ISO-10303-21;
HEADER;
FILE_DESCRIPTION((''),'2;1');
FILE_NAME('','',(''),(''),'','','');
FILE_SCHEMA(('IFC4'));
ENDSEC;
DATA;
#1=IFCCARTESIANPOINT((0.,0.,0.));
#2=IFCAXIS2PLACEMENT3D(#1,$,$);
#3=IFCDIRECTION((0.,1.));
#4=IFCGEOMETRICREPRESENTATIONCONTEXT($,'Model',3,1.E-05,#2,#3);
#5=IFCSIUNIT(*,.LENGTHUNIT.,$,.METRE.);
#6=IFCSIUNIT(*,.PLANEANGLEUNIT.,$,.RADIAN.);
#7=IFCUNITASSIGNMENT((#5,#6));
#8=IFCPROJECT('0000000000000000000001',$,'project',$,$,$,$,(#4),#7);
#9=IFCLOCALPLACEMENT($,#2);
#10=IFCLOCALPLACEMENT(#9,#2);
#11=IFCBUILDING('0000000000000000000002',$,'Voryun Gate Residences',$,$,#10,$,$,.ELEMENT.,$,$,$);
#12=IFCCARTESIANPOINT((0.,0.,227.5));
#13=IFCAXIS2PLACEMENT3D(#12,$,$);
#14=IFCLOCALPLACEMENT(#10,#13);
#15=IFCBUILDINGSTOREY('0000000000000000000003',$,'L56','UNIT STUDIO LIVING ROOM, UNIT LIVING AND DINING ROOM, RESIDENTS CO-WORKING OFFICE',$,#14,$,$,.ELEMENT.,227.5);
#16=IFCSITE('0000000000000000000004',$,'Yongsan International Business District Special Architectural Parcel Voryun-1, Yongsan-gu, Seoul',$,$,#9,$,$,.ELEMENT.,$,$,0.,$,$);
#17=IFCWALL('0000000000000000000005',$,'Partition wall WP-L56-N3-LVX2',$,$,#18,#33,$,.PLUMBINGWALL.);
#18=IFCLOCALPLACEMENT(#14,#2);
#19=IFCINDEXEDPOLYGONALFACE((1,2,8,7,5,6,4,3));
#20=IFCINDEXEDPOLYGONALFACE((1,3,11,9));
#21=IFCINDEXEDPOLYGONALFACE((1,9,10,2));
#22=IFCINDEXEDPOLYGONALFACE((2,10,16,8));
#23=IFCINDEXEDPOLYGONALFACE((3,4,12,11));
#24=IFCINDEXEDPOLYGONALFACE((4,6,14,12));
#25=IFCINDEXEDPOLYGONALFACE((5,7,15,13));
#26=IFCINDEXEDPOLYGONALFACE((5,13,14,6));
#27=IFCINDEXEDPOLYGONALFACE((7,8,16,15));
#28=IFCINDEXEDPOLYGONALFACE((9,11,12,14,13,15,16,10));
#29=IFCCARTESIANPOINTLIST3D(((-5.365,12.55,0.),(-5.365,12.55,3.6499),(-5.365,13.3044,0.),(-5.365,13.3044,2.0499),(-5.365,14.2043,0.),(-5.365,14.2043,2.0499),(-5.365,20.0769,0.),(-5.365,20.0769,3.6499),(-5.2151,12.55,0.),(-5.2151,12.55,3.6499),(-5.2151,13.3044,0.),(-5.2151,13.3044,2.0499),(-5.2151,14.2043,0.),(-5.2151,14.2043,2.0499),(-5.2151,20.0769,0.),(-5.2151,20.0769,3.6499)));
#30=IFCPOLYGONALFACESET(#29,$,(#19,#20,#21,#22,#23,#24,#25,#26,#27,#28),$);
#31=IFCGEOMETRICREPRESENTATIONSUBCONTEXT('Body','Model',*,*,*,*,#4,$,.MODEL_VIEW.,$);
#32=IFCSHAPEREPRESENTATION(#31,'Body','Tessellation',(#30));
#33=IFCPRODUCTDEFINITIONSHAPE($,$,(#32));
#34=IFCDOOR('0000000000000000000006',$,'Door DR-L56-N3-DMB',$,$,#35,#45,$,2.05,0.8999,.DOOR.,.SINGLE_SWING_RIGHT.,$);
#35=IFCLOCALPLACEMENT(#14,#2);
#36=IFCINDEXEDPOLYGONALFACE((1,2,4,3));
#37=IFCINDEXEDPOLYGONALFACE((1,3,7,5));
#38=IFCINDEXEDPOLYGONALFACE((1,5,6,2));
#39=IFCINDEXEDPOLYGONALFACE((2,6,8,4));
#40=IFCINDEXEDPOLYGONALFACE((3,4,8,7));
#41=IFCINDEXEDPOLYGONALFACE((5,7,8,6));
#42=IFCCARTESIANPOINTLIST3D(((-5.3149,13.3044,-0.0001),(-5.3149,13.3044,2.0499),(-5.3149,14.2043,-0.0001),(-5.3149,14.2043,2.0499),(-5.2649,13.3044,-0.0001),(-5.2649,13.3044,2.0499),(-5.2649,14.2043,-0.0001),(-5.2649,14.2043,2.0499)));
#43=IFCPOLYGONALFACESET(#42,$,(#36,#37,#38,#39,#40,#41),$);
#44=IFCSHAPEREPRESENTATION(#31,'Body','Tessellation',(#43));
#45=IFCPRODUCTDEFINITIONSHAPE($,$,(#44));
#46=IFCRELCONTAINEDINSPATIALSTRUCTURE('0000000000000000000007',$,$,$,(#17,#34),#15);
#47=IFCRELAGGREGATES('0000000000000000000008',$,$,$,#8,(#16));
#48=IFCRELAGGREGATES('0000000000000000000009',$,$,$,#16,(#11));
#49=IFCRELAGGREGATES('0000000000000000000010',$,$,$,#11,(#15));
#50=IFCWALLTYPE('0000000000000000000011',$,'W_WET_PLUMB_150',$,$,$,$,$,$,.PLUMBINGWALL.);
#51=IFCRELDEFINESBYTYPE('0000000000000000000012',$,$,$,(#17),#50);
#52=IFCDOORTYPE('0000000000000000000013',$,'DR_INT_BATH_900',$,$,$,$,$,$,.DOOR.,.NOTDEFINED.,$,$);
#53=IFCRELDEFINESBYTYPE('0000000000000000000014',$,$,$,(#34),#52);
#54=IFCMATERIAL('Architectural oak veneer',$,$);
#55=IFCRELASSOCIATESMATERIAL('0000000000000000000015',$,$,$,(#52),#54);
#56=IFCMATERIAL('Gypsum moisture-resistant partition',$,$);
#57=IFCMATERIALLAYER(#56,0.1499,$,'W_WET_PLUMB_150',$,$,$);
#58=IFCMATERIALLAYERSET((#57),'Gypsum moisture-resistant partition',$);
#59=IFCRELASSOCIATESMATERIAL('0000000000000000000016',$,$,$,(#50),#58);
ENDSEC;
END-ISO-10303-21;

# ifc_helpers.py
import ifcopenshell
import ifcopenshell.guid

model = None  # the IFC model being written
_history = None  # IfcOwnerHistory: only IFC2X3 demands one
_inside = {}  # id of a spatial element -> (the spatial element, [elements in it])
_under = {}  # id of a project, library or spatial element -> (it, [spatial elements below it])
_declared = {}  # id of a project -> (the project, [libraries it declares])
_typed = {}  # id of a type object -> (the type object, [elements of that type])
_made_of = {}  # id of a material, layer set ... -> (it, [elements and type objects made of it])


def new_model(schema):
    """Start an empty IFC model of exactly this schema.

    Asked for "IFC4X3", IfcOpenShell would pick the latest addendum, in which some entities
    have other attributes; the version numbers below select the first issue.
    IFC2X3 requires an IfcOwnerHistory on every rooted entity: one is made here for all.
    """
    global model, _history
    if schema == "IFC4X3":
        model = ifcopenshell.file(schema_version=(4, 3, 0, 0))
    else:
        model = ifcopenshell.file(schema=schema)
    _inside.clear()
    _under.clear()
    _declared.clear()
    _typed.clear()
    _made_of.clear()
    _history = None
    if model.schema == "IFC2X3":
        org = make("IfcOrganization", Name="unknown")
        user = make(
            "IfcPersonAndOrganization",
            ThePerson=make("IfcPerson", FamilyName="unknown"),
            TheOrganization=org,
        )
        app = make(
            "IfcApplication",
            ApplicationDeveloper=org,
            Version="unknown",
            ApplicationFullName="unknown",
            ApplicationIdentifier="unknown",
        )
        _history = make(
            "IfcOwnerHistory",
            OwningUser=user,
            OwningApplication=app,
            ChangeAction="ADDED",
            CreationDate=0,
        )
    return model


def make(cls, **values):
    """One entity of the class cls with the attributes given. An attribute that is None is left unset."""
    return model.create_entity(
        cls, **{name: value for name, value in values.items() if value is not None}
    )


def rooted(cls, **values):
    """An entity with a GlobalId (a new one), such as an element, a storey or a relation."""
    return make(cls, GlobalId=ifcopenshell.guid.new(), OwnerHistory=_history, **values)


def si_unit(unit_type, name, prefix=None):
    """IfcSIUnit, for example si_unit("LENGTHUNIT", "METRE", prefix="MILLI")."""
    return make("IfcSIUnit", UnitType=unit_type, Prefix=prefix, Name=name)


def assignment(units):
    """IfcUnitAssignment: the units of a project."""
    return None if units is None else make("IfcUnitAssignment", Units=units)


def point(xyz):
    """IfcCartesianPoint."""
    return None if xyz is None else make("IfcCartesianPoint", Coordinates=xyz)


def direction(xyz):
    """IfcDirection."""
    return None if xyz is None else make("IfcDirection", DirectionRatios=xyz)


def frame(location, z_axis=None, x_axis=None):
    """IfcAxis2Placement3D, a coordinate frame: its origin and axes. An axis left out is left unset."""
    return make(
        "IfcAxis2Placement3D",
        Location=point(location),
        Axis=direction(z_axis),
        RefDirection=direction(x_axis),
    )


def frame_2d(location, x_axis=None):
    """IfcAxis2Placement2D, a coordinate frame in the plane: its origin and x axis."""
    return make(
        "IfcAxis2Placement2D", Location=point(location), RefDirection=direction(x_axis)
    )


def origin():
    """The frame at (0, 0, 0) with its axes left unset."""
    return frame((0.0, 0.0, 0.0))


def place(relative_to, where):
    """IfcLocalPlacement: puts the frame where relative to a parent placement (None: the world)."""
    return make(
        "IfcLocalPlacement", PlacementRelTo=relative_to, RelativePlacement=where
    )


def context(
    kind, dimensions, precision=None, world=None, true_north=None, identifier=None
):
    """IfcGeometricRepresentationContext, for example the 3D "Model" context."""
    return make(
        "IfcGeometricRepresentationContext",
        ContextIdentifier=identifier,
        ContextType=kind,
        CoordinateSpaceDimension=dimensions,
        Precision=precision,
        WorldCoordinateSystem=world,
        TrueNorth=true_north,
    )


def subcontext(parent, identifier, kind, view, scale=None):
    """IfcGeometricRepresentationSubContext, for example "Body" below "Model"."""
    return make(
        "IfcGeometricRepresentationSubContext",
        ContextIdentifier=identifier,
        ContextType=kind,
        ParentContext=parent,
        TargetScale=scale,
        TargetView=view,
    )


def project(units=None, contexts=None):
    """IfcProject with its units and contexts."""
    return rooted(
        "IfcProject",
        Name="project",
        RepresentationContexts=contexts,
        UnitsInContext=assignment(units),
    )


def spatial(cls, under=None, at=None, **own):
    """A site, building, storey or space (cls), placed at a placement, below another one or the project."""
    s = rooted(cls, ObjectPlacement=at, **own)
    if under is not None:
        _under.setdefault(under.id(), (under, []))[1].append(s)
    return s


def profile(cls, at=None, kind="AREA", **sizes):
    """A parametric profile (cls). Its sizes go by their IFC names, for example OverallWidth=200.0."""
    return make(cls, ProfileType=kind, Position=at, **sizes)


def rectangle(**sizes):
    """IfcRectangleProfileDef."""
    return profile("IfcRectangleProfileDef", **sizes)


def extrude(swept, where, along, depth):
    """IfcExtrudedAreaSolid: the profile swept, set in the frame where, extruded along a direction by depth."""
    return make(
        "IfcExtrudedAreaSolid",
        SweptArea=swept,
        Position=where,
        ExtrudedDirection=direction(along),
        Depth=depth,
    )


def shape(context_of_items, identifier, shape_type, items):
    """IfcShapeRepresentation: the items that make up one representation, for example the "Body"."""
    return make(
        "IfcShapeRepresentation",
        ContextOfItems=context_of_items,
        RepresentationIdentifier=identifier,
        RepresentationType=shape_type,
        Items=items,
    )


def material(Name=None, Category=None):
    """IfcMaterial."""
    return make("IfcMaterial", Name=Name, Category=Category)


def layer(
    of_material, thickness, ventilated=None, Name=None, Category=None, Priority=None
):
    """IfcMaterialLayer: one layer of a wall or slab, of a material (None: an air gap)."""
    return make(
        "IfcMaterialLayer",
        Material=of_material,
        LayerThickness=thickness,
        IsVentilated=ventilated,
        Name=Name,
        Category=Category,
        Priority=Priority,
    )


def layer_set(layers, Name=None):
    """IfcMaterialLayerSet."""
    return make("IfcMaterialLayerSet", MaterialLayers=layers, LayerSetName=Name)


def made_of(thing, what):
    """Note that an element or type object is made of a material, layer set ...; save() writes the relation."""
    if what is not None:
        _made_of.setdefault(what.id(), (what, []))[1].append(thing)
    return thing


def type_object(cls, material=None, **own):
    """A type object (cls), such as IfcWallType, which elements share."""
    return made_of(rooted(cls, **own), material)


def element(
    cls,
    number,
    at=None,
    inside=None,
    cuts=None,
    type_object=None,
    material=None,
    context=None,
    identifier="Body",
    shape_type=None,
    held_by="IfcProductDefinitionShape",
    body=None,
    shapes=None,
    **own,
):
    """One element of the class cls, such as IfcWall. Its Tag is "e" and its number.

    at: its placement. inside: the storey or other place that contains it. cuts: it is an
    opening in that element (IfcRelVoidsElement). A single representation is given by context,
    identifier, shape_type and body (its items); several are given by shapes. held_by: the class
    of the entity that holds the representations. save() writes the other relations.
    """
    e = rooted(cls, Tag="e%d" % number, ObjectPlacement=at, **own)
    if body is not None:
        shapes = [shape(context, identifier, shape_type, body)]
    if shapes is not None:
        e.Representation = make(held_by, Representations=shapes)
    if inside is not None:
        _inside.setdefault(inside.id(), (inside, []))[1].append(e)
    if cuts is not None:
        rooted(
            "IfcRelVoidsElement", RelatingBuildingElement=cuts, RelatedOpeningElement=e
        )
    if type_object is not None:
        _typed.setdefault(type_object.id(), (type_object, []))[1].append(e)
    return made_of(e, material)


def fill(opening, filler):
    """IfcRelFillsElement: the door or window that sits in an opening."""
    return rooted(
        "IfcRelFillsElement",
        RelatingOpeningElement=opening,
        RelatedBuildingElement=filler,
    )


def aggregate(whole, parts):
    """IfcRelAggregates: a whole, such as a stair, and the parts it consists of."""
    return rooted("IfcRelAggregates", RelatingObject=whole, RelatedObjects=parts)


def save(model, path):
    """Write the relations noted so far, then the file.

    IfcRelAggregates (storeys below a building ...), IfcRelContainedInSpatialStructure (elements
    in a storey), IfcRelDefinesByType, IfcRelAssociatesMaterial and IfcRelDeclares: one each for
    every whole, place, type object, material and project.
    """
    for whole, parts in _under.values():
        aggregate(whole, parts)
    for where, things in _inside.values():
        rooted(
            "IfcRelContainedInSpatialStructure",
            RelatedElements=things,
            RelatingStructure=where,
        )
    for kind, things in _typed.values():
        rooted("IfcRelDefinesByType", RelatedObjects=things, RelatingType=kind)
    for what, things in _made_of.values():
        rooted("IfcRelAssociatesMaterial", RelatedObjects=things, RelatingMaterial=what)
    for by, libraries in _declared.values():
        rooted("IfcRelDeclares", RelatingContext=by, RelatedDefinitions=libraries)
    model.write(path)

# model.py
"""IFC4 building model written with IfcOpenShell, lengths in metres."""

from ifc_helpers import new_model, si_unit, direction, frame, frame_2d, origin, place, context, subcontext, project, spatial, rectangle, extrude, material, layer, layer_set, type_object, element, fill, save


model = new_model("IFC4")

# Units and contexts
model_context = context("Model", 3, precision=1e-05, world=origin(), true_north=direction((0.0, 1.0)))
body_context = subcontext(model_context, "Body", "Model", "MODEL_VIEW")
ifc_project = project(units=[si_unit("LENGTHUNIT", "METRE"), si_unit("PLANEANGLEUNIT", "RADIAN")], contexts=[model_context])

# Site, building, storey
site_placement = place(None, origin())
site = spatial("IfcSite", under=ifc_project, at=site_placement, Name="Yongsan International Business District Special Architectural Parcel Voryun-1, Yongsan-gu, Seoul", CompositionType="ELEMENT", RefElevation=0.0)
building_placement = place(site_placement, origin())
building = spatial("IfcBuilding", under=site, at=building_placement, Name="Voryun Gate Residences", CompositionType="ELEMENT")
storey_placement = place(building_placement, frame((0.0, 0.0, 227.5)))
storey = spatial("IfcBuildingStorey", under=building, at=storey_placement, Name="L56", Description="UNIT STUDIO LIVING ROOM, UNIT LIVING AND DINING ROOM, RESIDENTS CO-WORKING OFFICE", CompositionType="ELEMENT", Elevation=227.5)

# Shared definitions
ifc_material_1 = material(Name="Architectural oak veneer")
door_type_1 = type_object("IfcDoorType", Name="DR_INT_BATH_900", OperationType="NOTDEFINED", PredefinedType="DOOR", material=ifc_material_1)

# Shared definitions
ifc_material_2 = material(Name="Gypsum moisture-resistant partition")
ifc_layer_1 = layer(ifc_material_2, 0.1499, Name="W_WET_PLUMB_150")
ifc_layer_set_1 = layer_set([ifc_layer_1], Name="Gypsum moisture-resistant partition")
wall_type_1 = type_object("IfcWallType", Name="W_WET_PLUMB_150", PredefinedType="PLUMBINGWALL", material=ifc_layer_set_1)

# Wall, opening, door
wall_1_placement = place(storey_placement, frame((-5.29, 12.55, 0.0), z_axis=(0.0, 0.0, 1.0), x_axis=(0.0, 1.0, 0.0)))
wall_1 = element("IfcWall", 1, at=wall_1_placement, inside=storey, type_object=wall_type_1, Name="Partition wall WP-L56-N3-LVX2", PredefinedType="PLUMBINGWALL", context=body_context, shape_type="SweptSolid", body=[
    extrude(rectangle(XDim=7.5269, YDim=0.1499, at=frame_2d((3.7634, 0.0))), origin(), (0.0, 0.0, 1.0), 3.6499),
])
opening_1_placement = place(wall_1_placement, frame((0.7544, 0.0, 0.0)))
opening_1 = element("IfcOpeningElement", 2, at=opening_1_placement, cuts=wall_1, PredefinedType="OPENING", context=body_context, shape_type="SweptSolid", body=[
    extrude(rectangle(XDim=0.8999, YDim=2.05, at=frame_2d((0.45, 1.0249))), frame((0.0, 0.085, 0.0), z_axis=(0.0, -1.0, 0.0), x_axis=(1.0, 0.0, 0.0)), (0.0, 0.0, 1.0), 0.1699),
])
door_1_placement = place(opening_1_placement, origin())
door_1 = element("IfcDoor", 3, at=door_1_placement, inside=storey, type_object=door_type_1, Name="Door DR-L56-N3-DMB", OperationType="SINGLE_SWING_RIGHT", OverallHeight=2.05, OverallWidth=0.8999, PredefinedType="DOOR", context=body_context, shape_type="SweptSolid", body=[
    extrude(rectangle(XDim=0.8999, YDim=2.05, at=frame_2d((0.45, 1.0249))), frame((0.0, 0.0249, 0.0), z_axis=(0.0, -1.0, 0.0), x_axis=(1.0, 0.0, 0.0)), (0.0, 0.0, 1.0), 0.05),
])
fill(opening_1, door_1)

save(model, "model.ifc")
